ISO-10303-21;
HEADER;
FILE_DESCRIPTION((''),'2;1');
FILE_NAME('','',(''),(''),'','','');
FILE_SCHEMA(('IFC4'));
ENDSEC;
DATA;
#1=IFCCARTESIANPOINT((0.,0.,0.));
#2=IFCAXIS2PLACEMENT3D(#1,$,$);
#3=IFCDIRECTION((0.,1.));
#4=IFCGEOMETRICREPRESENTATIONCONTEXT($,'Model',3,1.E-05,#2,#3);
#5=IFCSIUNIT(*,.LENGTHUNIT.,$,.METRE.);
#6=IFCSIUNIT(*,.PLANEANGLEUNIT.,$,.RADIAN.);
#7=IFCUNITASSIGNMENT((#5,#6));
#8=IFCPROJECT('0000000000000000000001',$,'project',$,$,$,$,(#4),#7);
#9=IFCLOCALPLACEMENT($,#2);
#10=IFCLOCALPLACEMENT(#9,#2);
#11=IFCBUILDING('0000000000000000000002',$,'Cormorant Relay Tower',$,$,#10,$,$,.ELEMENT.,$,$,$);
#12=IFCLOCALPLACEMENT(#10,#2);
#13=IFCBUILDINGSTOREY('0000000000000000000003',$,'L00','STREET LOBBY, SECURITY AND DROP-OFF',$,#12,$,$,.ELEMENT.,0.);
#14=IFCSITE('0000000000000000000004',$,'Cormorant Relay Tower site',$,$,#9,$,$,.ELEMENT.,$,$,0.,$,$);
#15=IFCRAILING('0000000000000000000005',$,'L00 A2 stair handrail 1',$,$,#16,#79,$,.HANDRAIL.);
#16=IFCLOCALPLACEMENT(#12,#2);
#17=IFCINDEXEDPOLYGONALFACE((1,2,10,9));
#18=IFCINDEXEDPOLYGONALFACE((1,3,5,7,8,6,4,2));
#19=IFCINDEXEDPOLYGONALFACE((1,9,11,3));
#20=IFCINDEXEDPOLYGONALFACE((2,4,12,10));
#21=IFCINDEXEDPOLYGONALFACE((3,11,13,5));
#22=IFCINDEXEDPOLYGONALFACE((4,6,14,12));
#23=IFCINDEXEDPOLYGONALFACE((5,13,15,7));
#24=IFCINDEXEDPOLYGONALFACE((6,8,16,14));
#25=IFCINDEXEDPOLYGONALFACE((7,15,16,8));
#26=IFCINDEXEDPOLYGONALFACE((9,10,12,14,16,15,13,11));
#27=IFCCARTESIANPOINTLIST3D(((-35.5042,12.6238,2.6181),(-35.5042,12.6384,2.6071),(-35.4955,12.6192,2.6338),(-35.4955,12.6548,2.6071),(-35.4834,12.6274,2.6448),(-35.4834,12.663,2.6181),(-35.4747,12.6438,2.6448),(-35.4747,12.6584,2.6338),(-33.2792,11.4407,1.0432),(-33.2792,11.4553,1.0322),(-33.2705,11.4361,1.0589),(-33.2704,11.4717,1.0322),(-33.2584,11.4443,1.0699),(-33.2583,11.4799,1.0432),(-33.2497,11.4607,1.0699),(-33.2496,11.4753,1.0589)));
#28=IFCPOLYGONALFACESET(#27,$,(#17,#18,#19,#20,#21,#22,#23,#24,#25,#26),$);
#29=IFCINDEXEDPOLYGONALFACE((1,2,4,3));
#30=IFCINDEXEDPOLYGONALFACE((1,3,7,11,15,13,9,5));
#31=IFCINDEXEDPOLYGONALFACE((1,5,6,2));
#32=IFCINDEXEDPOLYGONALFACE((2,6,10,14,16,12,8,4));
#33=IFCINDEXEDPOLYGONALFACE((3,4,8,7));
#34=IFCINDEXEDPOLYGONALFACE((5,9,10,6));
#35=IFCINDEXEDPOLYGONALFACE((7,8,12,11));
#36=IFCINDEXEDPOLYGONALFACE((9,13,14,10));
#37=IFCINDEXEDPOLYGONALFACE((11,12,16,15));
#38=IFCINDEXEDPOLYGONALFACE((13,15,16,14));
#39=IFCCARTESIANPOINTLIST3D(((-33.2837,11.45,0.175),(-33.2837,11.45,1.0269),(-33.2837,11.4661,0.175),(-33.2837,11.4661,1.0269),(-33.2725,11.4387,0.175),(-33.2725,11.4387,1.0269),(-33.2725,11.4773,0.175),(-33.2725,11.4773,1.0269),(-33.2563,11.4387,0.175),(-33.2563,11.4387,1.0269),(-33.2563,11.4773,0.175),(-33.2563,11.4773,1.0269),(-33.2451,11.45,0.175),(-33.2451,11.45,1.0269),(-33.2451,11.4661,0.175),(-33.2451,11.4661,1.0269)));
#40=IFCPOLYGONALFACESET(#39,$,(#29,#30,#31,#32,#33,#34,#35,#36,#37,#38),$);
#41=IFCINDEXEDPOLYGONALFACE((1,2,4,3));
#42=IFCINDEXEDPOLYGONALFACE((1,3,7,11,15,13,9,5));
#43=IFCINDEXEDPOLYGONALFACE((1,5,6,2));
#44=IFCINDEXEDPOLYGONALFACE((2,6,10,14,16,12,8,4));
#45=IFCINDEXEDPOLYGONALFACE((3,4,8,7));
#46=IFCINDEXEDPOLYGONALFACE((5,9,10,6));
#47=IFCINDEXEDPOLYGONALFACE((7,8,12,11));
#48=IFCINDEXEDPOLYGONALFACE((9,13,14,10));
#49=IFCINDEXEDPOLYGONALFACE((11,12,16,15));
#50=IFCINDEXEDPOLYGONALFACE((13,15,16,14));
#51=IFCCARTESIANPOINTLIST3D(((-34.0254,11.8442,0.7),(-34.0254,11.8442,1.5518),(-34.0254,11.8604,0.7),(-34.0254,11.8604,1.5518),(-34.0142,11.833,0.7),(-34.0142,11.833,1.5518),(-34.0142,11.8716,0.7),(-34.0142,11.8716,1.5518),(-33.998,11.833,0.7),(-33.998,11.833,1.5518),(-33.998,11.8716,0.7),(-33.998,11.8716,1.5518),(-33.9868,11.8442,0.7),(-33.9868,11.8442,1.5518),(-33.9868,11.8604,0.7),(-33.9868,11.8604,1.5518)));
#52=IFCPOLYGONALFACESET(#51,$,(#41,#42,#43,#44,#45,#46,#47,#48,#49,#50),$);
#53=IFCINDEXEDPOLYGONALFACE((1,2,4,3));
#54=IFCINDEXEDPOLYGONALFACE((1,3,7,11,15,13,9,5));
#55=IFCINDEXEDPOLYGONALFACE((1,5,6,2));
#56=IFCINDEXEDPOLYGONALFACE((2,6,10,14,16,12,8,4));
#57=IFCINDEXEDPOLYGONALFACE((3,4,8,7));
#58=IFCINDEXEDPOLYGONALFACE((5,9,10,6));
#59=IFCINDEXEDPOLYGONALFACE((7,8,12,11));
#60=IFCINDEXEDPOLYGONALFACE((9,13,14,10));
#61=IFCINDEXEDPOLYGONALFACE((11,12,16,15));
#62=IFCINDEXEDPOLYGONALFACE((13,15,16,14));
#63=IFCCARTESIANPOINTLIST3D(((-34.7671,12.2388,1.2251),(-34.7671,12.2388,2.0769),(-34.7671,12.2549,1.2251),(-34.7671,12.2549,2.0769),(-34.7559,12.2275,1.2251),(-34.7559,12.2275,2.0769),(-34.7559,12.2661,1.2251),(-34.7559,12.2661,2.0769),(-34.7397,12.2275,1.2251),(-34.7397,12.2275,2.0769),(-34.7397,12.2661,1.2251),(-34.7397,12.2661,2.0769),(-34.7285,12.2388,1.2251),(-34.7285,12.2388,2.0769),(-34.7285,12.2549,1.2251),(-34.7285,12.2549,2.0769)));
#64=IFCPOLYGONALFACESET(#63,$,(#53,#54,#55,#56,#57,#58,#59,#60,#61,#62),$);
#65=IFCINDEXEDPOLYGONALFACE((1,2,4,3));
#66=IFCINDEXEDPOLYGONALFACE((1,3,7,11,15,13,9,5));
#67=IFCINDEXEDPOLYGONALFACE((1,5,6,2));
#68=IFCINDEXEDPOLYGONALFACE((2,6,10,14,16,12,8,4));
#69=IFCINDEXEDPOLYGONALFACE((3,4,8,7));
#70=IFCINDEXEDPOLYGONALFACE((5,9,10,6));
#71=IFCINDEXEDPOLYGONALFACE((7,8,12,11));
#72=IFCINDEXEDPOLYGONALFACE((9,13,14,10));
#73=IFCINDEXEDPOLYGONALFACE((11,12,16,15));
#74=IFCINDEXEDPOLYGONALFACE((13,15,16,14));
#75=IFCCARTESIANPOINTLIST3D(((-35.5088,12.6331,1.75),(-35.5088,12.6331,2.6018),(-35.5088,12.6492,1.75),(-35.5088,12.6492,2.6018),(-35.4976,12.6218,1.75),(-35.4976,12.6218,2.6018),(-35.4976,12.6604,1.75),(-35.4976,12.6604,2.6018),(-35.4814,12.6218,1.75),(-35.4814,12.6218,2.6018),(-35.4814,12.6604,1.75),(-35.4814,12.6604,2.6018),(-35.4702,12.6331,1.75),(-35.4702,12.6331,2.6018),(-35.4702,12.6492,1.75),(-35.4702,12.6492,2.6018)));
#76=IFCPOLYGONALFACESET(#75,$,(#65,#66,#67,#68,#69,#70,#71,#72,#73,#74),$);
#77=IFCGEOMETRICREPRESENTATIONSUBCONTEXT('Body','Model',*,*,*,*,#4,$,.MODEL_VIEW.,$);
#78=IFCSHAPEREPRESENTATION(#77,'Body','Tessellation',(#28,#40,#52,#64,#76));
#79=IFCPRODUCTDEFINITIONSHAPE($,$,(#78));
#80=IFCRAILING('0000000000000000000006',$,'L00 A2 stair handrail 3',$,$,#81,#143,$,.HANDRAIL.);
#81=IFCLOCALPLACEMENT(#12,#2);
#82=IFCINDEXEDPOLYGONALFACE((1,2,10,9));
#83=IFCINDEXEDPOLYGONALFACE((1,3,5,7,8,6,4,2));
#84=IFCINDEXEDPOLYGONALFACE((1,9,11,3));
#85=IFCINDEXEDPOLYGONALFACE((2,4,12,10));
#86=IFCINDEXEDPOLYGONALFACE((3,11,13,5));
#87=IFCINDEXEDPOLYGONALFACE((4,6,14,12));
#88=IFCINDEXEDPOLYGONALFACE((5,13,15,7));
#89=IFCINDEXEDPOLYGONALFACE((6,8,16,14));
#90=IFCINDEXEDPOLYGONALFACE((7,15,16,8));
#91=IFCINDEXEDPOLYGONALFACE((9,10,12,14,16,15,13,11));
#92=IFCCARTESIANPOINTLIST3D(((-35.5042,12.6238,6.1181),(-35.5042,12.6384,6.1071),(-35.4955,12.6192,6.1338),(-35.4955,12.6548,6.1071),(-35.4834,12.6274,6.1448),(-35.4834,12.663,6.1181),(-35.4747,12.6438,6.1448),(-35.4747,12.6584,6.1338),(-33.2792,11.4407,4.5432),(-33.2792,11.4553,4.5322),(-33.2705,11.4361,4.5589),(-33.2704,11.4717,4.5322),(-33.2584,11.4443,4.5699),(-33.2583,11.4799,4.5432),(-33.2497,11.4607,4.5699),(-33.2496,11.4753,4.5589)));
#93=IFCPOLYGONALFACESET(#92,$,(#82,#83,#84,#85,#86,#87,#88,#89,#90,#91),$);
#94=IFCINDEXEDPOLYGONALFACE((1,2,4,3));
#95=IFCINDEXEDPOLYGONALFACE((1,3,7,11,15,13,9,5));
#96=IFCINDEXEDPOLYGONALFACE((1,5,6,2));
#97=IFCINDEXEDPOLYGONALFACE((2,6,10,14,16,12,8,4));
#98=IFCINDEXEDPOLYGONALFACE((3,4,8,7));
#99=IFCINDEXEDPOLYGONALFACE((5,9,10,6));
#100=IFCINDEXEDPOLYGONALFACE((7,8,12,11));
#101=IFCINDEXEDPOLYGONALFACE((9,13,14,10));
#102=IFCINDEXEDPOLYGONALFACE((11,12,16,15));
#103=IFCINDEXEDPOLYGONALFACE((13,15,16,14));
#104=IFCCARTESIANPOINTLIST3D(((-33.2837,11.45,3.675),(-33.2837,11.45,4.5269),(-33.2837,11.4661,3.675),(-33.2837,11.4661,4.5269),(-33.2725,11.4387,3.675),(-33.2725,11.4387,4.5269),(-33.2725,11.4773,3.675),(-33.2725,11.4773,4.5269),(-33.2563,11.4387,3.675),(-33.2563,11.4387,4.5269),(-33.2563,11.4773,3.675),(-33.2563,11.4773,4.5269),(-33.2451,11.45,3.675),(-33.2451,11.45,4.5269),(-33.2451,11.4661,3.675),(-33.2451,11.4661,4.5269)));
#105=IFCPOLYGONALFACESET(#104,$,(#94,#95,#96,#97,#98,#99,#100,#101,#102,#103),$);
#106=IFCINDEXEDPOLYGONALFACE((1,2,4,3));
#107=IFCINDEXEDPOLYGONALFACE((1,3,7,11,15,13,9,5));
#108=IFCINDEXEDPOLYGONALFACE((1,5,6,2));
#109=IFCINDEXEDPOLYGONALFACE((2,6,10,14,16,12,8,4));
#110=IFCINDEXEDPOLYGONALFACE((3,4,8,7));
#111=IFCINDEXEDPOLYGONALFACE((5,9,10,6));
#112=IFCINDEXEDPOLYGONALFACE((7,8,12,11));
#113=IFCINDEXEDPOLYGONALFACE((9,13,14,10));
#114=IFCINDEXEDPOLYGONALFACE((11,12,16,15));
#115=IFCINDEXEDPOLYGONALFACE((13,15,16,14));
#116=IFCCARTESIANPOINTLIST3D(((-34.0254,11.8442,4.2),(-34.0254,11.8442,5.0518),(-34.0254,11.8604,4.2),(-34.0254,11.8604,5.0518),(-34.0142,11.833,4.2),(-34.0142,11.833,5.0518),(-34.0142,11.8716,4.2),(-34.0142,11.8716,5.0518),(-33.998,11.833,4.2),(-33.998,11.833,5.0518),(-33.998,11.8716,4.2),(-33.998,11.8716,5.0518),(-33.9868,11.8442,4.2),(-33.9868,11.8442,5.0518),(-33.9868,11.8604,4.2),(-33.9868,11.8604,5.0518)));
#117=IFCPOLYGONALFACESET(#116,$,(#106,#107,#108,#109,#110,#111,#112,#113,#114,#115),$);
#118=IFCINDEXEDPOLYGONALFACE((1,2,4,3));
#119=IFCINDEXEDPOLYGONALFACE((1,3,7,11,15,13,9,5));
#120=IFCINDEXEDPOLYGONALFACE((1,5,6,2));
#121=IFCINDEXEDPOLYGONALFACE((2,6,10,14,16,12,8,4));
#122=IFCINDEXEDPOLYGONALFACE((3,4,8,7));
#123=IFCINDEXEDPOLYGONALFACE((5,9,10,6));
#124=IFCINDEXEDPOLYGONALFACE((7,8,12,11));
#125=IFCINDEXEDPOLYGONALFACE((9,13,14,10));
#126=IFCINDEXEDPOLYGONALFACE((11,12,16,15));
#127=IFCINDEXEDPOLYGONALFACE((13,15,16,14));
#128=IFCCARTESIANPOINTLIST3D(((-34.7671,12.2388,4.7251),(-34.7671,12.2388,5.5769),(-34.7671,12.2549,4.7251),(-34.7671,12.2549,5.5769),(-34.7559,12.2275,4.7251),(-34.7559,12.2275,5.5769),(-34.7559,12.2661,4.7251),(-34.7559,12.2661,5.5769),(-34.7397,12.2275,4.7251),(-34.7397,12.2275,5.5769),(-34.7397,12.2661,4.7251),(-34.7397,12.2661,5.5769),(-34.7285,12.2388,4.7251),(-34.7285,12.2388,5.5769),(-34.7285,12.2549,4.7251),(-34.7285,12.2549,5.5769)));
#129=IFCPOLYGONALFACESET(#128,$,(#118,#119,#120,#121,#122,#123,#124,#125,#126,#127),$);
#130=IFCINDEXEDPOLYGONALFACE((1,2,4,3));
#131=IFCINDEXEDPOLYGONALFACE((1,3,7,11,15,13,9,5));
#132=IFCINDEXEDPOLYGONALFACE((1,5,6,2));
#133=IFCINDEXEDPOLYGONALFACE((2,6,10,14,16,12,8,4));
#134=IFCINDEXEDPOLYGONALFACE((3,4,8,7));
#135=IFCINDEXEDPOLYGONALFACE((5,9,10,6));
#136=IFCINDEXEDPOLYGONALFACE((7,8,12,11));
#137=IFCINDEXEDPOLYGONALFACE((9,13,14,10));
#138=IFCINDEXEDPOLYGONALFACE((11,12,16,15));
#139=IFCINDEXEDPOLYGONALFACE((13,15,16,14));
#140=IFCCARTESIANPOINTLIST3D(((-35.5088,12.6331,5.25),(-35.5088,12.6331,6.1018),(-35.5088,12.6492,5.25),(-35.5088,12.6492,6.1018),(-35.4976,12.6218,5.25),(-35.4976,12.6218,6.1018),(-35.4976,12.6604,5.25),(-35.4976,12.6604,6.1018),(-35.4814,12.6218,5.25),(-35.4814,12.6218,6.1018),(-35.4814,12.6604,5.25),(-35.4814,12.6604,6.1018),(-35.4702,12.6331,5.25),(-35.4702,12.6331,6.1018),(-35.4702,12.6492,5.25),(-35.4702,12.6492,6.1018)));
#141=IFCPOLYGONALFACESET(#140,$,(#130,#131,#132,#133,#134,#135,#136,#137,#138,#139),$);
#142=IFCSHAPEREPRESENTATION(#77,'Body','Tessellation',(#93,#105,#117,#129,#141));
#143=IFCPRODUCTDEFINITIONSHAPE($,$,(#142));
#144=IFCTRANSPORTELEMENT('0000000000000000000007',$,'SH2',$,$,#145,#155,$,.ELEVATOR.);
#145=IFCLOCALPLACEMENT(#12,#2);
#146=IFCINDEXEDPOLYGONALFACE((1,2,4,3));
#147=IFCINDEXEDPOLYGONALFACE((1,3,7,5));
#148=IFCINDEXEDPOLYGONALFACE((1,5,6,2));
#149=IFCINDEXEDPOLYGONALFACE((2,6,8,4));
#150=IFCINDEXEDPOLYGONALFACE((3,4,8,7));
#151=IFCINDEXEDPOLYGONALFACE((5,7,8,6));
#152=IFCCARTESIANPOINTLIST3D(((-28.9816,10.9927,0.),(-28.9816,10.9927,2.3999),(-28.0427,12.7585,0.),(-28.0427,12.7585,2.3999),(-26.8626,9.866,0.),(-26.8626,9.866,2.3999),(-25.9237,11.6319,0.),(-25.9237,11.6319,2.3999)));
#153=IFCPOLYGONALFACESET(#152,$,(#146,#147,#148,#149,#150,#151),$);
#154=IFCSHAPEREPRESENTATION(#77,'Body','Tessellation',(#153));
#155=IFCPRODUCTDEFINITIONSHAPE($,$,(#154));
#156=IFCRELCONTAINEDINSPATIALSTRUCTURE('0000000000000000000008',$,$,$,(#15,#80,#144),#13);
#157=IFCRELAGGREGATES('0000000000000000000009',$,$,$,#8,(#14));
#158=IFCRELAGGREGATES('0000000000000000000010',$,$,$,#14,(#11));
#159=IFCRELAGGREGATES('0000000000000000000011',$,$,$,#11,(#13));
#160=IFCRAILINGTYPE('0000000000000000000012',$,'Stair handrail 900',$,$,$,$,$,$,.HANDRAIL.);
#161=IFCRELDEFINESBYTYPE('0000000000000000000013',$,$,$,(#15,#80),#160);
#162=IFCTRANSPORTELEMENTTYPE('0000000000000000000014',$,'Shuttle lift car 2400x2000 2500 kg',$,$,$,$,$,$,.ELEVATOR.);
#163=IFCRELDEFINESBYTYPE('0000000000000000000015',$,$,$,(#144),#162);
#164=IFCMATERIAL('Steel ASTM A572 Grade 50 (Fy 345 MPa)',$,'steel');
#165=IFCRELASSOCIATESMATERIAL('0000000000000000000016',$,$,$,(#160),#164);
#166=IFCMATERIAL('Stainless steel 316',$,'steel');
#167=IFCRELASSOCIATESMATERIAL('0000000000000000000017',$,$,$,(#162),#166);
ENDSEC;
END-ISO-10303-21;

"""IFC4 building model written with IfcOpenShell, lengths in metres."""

from ifc_helpers import new_model, si_unit, direction, frame, origin, origin_2d, place, context, subcontext, project, spatial, polyline, rectangle, outline, extrude, material, type_object, element, save


model = new_model("IFC4")

# Units and contexts
model_context = context("Model", 3, precision=1e-05, world=origin(), true_north=direction((0.0, 1.0)))
body_context = subcontext(model_context, "Body", "Model", "MODEL_VIEW")
ifc_project = project(units=[si_unit("LENGTHUNIT", "METRE"), si_unit("PLANEANGLEUNIT", "RADIAN")], contexts=[model_context])

# Site, building, storey
site_placement = place(None, origin())
site = spatial("IfcSite", under=ifc_project, at=site_placement, Name="Cormorant Relay Tower site", CompositionType="ELEMENT", RefElevation=0.0)
building_placement = place(site_placement, origin())
building = spatial("IfcBuilding", under=site, at=building_placement, Name="Cormorant Relay Tower", CompositionType="ELEMENT")
storey_placement = place(building_placement, origin())
storey = spatial("IfcBuildingStorey", under=building, at=storey_placement, Name="L00", Description="STREET LOBBY, SECURITY AND DROP-OFF", CompositionType="ELEMENT", Elevation=0.0)

# Railings
ifc_material_1 = material(Name="Steel ASTM A572 Grade 50 (Fy 345 MPa)", Category="steel")
railing_type = type_object("IfcRailingType", Name="Stair handrail 900", PredefinedType="HANDRAIL", material=ifc_material_1)
railing_1_placement = place(storey_placement, frame((-33.2644, 11.458, 0.175)))
element("IfcRailing", 1, at=railing_1_placement, inside=storey, type_object=railing_type, Name="L00 A2 stair handrail 1", PredefinedType="HANDRAIL", context=body_context, shape_type="SweptSolid", body=[
    extrude(outline(polyline([(0.0222, 0.0093), (0.0093, 0.0222), (-0.0093, 0.0222), (-0.0222, 0.0093), (-0.0222, -0.0093), (-0.0093, -0.0222), (0.0093, -0.0222), (0.0222, -0.0093), (0.0222, 0.0093)])), frame((0.0, 0.0, 0.876), z_axis=(-0.748751, 0.398118, 0.529975), x_axis=(-0.469472, -0.882948, 0.0)), (0.0, 0.0, 1.0), 2.9717),
    extrude(outline(polyline([(0.0193, 0.0081), (0.0081, 0.0193), (-0.0081, 0.0193), (-0.0193, 0.0081), (-0.0193, -0.0081), (-0.0081, -0.0193), (0.0081, -0.0193), (0.0193, -0.0081), (0.0193, 0.0081)])), origin(), (0.0, 0.0, 1.0), 0.8518),
    extrude(outline(polyline([(0.0193, 0.0081), (0.0081, 0.0193), (-0.0081, 0.0193), (-0.0193, 0.0081), (-0.0193, -0.0081), (-0.0081, -0.0193), (0.0081, -0.0193), (0.0193, -0.0081), (0.0193, 0.0081)])), frame((-0.7417, 0.3943, 0.5249)), (0.0, 0.0, 1.0), 0.8518),
    extrude(outline(polyline([(0.0193, 0.0081), (0.0081, 0.0193), (-0.0081, 0.0193), (-0.0193, 0.0081), (-0.0193, -0.0081), (-0.0081, -0.0193), (0.0081, -0.0193), (0.0193, -0.0081), (0.0193, 0.0081)])), frame((-1.4834, 0.7888, 1.05)), (0.0, 0.0, 1.0), 0.8518),
    extrude(outline(polyline([(0.0193, 0.0081), (0.0081, 0.0193), (-0.0081, 0.0193), (-0.0193, 0.0081), (-0.0193, -0.0081), (-0.0081, -0.0193), (0.0081, -0.0193), (0.0193, -0.0081), (0.0193, 0.0081)])), frame((-2.2251, 1.1831, 1.575)), (0.0, 0.0, 1.0), 0.8518),
])
railing_2_placement = place(storey_placement, frame((-33.2644, 11.458, 3.675)))
element("IfcRailing", 2, at=railing_2_placement, inside=storey, type_object=railing_type, Name="L00 A2 stair handrail 3", PredefinedType="HANDRAIL", context=body_context, shape_type="SweptSolid", body=[
    extrude(outline(polyline([(0.0222, 0.0093), (0.0093, 0.0222), (-0.0093, 0.0222), (-0.0222, 0.0093), (-0.0222, -0.0093), (-0.0093, -0.0222), (0.0093, -0.0222), (0.0222, -0.0093), (0.0222, 0.0093)])), frame((0.0, 0.0, 0.876), z_axis=(-0.748751, 0.398118, 0.529975), x_axis=(-0.469472, -0.882948, 0.0)), (0.0, 0.0, 1.0), 2.9717),
    extrude(outline(polyline([(0.0193, 0.0081), (0.0081, 0.0193), (-0.0081, 0.0193), (-0.0193, 0.0081), (-0.0193, -0.0081), (-0.0081, -0.0193), (0.0081, -0.0193), (0.0193, -0.0081), (0.0193, 0.0081)])), origin(), (0.0, 0.0, 1.0), 0.8518),
    extrude(outline(polyline([(0.0193, 0.0081), (0.0081, 0.0193), (-0.0081, 0.0193), (-0.0193, 0.0081), (-0.0193, -0.0081), (-0.0081, -0.0193), (0.0081, -0.0193), (0.0193, -0.0081), (0.0193, 0.0081)])), frame((-0.7417, 0.3943, 0.5249)), (0.0, 0.0, 1.0), 0.8518),
    extrude(outline(polyline([(0.0193, 0.0081), (0.0081, 0.0193), (-0.0081, 0.0193), (-0.0193, 0.0081), (-0.0193, -0.0081), (-0.0081, -0.0193), (0.0081, -0.0193), (0.0193, -0.0081), (0.0193, 0.0081)])), frame((-1.4834, 0.7888, 1.05)), (0.0, 0.0, 1.0), 0.8518),
    extrude(outline(polyline([(0.0193, 0.0081), (0.0081, 0.0193), (-0.0081, 0.0193), (-0.0193, 0.0081), (-0.0193, -0.0081), (-0.0081, -0.0193), (0.0081, -0.0193), (0.0193, -0.0081), (0.0193, 0.0081)])), frame((-2.2251, 1.1831, 1.575)), (0.0, 0.0, 1.0), 0.8518),
])

# Transport element
ifc_material_2 = material(Name="Stainless steel 316", Category="steel")
transport_element_type = type_object("IfcTransportElementType", Name="Shuttle lift car 2400x2000 2500 kg", PredefinedType="ELEVATOR", material=ifc_material_2)
transport_element_placement = place(storey_placement, frame((-27.4526, 11.3123, 0.0), z_axis=(0.0, 0.0, 1.0), x_axis=(-0.882948, 0.469472, 0.0)))
element("IfcTransportElement", 3, at=transport_element_placement, inside=storey, type_object=transport_element_type, Name="SH2", PredefinedType="ELEVATOR", context=body_context, shape_type="SweptSolid", body=[
    extrude(rectangle(XDim=2.3999, YDim=2.0, at=origin_2d()), origin(), (0.0, 0.0, 1.0), 2.3999),
])

save(model, "model.ifc")
